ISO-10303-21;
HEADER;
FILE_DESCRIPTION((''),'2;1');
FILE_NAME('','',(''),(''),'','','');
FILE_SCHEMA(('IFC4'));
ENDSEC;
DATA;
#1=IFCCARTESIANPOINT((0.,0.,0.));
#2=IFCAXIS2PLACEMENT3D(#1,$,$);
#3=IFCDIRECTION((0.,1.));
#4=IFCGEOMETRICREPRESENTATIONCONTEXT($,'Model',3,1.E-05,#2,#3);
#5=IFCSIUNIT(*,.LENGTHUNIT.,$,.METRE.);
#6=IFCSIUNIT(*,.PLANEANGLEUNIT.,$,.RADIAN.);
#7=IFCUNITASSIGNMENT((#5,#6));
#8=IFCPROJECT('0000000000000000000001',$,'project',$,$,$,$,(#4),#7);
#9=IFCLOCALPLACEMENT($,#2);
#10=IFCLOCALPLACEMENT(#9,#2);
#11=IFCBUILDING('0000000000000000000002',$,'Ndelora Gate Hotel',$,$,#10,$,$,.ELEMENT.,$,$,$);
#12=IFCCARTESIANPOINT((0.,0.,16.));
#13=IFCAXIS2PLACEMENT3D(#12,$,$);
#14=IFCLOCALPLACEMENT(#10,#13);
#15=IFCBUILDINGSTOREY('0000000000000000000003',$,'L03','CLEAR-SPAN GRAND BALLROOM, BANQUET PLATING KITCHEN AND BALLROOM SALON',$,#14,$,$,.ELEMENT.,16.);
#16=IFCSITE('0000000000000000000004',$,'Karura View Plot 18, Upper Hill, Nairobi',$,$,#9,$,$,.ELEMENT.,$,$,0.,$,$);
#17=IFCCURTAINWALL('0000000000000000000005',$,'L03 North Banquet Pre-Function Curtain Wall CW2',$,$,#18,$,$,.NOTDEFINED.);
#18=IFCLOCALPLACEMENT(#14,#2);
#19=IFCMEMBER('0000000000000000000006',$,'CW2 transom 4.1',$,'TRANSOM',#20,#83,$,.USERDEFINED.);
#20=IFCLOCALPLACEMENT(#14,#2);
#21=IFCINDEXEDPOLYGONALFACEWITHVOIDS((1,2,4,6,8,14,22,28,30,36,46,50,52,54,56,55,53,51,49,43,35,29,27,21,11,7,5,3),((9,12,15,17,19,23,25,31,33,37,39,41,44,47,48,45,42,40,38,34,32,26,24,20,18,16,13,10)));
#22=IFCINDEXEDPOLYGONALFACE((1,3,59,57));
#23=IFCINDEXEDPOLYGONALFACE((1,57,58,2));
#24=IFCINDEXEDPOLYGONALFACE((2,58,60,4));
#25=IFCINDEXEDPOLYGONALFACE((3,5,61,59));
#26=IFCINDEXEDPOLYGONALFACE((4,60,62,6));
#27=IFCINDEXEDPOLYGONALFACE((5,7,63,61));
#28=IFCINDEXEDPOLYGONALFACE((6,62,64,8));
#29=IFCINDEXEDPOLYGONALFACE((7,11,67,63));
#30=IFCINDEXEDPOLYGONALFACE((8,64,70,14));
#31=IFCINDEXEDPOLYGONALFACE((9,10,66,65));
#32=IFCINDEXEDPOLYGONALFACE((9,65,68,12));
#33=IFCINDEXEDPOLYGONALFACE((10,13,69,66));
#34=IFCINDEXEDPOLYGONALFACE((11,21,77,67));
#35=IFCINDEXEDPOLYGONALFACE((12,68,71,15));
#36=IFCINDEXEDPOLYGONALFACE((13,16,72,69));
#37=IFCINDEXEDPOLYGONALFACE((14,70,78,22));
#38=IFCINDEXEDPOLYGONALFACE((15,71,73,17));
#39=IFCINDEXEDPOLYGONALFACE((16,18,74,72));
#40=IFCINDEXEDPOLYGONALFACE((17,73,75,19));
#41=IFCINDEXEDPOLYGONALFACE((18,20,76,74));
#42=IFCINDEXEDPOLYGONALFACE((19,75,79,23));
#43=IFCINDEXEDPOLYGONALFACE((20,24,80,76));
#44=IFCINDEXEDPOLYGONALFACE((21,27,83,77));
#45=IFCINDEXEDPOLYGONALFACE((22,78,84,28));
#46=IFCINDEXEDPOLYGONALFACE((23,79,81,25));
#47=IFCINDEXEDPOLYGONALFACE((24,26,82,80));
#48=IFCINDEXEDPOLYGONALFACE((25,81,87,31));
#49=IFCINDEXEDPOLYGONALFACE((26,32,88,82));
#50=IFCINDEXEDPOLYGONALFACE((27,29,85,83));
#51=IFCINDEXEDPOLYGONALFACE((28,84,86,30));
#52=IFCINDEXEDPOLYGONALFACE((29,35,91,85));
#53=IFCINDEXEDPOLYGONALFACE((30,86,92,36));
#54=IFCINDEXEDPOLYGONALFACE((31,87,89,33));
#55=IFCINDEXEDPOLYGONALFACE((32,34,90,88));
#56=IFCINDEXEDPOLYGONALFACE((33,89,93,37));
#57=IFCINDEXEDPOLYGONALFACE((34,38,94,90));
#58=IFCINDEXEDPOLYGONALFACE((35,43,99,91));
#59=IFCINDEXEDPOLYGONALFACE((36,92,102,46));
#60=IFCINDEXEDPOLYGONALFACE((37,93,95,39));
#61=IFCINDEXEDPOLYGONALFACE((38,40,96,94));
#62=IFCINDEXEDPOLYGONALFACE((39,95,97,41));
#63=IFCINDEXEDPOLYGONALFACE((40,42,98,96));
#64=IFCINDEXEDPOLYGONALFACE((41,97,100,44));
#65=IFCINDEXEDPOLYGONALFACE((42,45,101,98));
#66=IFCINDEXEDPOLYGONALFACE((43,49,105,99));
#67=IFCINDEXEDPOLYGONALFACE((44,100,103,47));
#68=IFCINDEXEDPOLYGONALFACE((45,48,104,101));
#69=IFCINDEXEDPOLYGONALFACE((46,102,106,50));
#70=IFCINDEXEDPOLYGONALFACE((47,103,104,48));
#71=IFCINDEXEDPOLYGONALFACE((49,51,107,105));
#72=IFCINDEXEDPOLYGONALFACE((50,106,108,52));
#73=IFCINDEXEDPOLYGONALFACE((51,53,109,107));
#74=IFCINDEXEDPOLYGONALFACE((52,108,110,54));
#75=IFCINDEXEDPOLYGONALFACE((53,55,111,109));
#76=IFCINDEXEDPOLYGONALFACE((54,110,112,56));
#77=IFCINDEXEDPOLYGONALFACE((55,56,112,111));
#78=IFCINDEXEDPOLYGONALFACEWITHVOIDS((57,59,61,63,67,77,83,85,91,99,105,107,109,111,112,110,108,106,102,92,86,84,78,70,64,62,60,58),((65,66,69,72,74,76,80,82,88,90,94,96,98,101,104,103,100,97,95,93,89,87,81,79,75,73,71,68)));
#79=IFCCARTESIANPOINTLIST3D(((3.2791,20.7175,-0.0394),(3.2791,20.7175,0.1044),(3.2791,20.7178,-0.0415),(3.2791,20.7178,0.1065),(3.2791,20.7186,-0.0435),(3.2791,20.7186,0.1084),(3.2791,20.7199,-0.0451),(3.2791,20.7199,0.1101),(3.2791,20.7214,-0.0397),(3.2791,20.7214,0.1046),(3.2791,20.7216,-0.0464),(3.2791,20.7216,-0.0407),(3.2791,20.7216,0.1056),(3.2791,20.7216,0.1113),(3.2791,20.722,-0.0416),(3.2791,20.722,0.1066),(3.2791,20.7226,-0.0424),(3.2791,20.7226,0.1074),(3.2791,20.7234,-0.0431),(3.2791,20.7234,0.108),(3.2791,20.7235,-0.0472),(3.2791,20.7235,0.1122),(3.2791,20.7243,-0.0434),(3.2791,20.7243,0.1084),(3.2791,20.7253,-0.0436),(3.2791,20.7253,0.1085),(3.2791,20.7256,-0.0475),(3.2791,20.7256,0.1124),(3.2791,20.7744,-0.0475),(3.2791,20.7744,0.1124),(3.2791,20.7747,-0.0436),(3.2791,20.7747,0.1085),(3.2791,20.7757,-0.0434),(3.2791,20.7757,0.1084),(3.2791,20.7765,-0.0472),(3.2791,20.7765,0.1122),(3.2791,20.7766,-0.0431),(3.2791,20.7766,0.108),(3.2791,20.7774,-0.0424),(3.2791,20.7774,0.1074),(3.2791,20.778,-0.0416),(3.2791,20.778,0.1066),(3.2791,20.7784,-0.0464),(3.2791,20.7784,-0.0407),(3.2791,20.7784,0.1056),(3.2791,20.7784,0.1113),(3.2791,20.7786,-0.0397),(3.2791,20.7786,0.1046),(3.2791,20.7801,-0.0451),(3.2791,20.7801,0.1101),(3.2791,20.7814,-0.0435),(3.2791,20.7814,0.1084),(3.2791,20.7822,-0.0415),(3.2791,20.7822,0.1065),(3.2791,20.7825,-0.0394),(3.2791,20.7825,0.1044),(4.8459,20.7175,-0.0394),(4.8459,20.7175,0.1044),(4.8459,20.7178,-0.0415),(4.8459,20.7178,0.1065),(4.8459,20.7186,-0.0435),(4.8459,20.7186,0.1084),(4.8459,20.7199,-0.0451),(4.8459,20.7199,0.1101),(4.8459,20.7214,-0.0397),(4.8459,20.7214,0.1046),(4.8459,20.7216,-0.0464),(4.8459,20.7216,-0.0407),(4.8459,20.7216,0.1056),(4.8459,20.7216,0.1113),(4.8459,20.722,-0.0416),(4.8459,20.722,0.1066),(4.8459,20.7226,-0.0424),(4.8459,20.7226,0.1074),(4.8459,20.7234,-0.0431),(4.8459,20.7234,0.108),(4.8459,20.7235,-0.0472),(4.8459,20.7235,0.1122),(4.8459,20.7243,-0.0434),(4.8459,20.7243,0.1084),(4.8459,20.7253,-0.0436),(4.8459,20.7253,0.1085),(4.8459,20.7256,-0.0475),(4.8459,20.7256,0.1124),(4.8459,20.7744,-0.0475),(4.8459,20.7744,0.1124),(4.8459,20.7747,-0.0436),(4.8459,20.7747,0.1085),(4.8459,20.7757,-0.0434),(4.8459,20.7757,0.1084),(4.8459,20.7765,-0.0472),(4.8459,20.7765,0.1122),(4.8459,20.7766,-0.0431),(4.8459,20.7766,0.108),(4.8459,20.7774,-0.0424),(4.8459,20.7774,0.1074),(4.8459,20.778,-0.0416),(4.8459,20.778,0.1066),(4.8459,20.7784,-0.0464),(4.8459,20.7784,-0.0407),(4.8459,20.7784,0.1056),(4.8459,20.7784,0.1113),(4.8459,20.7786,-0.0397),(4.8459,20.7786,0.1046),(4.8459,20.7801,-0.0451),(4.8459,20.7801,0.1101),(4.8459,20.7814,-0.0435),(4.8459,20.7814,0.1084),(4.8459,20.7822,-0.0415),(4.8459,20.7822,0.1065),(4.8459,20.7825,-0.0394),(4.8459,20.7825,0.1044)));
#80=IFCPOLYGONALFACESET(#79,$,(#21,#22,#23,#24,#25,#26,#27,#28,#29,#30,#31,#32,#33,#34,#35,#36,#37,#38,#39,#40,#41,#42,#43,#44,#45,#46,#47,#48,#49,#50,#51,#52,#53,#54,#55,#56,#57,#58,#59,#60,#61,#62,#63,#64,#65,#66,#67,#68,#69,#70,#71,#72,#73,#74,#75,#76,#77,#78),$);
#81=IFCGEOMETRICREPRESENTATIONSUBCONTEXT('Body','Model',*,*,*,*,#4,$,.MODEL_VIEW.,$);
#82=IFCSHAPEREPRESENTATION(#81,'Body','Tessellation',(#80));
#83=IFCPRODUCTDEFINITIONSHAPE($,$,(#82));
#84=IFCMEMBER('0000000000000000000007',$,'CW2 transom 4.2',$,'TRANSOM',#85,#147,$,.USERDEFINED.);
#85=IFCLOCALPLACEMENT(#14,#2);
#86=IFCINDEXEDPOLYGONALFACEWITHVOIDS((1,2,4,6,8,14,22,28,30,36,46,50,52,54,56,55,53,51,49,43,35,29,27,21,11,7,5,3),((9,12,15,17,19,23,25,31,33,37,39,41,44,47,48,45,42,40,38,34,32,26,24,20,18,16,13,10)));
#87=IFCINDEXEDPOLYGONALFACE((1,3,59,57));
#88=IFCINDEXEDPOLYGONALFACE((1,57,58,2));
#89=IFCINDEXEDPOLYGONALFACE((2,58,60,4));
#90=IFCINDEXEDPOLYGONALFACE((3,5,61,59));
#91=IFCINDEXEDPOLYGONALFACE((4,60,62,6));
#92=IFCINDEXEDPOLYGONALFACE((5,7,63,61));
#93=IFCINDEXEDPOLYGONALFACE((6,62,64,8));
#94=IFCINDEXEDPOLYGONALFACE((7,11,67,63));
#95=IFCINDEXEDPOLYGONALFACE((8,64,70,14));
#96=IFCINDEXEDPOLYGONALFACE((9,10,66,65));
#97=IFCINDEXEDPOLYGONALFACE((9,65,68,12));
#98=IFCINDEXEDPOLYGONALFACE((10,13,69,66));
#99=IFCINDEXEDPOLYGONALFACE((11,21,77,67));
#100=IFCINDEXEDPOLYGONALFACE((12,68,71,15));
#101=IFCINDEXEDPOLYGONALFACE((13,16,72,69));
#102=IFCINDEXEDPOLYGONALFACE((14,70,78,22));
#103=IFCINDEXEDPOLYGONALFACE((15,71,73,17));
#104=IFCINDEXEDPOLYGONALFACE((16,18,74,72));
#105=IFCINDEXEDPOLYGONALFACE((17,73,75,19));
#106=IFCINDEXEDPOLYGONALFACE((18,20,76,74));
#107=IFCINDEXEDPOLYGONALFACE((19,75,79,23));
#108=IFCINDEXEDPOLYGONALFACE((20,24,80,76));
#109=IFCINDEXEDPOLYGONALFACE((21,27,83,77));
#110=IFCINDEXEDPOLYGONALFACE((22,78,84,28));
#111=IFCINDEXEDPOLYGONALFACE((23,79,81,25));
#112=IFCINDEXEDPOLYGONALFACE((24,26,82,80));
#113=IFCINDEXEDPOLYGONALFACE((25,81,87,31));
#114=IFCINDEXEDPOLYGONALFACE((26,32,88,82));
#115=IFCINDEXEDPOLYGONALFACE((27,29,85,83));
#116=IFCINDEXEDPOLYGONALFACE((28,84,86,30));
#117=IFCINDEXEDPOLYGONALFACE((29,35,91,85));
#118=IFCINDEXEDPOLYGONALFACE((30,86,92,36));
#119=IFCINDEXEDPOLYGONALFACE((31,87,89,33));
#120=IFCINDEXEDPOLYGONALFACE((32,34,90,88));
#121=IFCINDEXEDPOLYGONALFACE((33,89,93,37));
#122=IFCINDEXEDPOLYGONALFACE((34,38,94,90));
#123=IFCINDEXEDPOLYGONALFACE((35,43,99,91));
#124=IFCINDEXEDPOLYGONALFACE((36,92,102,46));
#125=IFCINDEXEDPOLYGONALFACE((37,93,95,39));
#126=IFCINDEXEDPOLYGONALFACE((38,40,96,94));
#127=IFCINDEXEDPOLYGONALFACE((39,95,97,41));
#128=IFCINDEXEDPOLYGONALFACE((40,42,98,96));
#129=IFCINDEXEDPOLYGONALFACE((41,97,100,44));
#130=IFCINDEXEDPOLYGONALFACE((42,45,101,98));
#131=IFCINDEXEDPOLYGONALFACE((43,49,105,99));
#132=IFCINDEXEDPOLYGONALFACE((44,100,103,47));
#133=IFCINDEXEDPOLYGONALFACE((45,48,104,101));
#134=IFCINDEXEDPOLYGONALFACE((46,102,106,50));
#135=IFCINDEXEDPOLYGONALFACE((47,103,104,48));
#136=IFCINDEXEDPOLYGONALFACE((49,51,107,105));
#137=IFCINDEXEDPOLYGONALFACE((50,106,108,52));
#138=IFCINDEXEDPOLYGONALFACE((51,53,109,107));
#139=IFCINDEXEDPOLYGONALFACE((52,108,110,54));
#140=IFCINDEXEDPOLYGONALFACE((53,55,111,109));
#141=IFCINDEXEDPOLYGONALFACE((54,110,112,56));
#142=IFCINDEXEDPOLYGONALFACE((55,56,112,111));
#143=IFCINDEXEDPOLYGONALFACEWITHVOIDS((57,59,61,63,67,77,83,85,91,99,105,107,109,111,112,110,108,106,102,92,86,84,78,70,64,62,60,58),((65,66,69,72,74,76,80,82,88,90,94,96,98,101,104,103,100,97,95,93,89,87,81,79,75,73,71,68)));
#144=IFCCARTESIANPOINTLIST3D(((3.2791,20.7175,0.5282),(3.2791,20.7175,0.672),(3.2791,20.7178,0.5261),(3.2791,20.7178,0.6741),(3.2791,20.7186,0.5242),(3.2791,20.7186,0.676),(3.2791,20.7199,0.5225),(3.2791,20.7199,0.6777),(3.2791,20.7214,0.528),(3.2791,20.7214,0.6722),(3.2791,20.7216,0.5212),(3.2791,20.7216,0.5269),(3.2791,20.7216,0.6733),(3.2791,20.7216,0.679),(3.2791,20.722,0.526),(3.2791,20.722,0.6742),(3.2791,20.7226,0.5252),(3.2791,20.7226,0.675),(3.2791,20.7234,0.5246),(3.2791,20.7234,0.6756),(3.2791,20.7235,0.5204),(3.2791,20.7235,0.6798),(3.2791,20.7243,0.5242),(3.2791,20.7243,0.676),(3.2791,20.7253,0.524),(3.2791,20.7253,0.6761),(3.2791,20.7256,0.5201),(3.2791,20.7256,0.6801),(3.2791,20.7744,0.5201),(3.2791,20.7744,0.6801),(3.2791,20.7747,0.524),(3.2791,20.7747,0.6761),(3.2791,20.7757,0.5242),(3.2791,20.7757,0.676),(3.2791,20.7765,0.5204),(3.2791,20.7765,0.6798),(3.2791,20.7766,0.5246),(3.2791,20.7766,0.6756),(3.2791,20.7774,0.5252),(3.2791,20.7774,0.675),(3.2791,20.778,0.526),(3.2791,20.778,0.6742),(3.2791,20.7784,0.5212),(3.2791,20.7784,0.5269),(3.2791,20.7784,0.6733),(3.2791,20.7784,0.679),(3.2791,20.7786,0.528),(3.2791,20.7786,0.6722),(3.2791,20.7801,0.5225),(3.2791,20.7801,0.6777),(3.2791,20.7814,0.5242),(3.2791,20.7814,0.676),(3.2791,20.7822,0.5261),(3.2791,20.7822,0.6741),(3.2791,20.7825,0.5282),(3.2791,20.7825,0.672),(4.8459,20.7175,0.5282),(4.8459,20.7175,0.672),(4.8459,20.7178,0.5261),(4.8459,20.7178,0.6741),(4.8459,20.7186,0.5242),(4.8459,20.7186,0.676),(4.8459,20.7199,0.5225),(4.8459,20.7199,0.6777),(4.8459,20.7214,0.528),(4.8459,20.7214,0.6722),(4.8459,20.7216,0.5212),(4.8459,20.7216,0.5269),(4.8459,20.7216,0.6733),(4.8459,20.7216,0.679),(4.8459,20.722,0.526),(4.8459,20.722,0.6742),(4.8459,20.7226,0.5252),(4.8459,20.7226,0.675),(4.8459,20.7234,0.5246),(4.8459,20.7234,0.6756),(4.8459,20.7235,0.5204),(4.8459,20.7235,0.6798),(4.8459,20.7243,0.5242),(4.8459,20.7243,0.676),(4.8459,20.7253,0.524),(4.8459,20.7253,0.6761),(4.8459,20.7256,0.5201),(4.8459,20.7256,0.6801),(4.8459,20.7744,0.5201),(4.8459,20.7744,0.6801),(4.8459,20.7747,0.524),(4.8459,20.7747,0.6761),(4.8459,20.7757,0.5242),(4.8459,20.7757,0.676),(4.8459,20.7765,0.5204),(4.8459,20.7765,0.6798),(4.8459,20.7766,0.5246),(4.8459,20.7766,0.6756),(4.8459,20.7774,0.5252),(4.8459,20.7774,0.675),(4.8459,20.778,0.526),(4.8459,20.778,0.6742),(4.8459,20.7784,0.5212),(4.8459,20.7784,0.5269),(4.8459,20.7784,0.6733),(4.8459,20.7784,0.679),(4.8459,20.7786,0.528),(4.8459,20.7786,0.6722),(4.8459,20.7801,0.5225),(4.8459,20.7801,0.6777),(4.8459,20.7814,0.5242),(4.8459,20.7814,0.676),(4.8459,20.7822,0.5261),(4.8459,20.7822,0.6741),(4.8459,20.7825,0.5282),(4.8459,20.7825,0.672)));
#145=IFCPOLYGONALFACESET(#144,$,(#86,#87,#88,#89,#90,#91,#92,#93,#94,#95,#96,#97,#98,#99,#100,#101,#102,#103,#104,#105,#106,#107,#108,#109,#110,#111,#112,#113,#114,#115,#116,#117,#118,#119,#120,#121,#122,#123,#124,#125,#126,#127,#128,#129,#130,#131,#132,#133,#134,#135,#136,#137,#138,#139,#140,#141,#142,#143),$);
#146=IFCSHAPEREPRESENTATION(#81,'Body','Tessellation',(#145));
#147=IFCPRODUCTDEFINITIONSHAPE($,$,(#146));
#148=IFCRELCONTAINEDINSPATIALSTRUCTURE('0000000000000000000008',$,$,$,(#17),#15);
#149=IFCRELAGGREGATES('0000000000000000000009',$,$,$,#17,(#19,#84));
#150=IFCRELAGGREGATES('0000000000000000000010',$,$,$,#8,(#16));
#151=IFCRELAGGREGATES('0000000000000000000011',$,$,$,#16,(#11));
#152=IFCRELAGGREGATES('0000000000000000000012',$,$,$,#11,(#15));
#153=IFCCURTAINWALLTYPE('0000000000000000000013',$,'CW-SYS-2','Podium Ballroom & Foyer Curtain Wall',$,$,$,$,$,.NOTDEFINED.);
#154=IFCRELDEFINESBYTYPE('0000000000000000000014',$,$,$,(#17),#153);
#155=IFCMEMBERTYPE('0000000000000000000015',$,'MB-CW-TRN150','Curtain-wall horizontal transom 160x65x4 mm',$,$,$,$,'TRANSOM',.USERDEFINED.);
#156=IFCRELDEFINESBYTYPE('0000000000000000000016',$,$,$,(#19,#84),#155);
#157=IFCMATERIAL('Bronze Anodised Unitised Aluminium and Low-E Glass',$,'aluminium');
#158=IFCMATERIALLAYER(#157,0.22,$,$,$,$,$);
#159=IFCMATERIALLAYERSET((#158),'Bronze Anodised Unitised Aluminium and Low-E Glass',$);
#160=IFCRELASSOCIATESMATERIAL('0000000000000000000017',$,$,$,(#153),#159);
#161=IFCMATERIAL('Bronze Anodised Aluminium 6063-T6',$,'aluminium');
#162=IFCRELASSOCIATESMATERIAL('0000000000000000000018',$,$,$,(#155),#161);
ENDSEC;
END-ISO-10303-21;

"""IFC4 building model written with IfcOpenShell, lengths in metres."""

from ifc_helpers import new_model, si_unit, direction, frame, origin, origin_2d, place, context, subcontext, project, spatial, hollow_rectangle, extrude, material, layer, layer_set, material_profile, profile_set, type_object, element, aggregate, save


model = new_model("IFC4")

# Units and contexts
model_context = context("Model", 3, precision=1e-05, world=origin(), true_north=direction((0.0, 1.0)))
body_context = subcontext(model_context, "Body", "Model", "MODEL_VIEW")
ifc_project = project(units=[si_unit("LENGTHUNIT", "METRE"), si_unit("PLANEANGLEUNIT", "RADIAN")], contexts=[model_context])

# Site, building, storey
site_placement = place(None, origin())
site = spatial("IfcSite", under=ifc_project, at=site_placement, Name="Karura View Plot 18, Upper Hill, Nairobi", CompositionType="ELEMENT", RefElevation=0.0)
building_placement = place(site_placement, origin())
building = spatial("IfcBuilding", under=site, at=building_placement, Name="Ndelora Gate Hotel", CompositionType="ELEMENT")
storey_placement = place(building_placement, frame((0.0, 0.0, 16.0)))
storey = spatial("IfcBuildingStorey", under=building, at=storey_placement, Name="L03", Description="CLEAR-SPAN GRAND BALLROOM, BANQUET PLATING KITCHEN AND BALLROOM SALON", CompositionType="ELEMENT", Elevation=16.0)

# Curtain wall, members
ifc_material_1 = material(Name="Bronze Anodised Unitised Aluminium and Low-E Glass", Category="aluminium")
ifc_layer_1 = layer(ifc_material_1, 0.22)
ifc_layer_set_1 = layer_set([ifc_layer_1], Name="Bronze Anodised Unitised Aluminium and Low-E Glass")
curtain_wall_type = type_object("IfcCurtainWallType", Name="CW-SYS-2", Description="Podium Ballroom & Foyer Curtain Wall", PredefinedType="NOTDEFINED", material=ifc_layer_set_1)
curtain_wall_placement = place(storey_placement, origin())
curtain_wall = element("IfcCurtainWall", 1, at=curtain_wall_placement, inside=storey, type_object=curtain_wall_type, Name="L03 North Banquet Pre-Function Curtain Wall CW2", PredefinedType="NOTDEFINED")
ifc_material_2 = material(Name="Bronze Anodised Aluminium 6063-T6", Category="aluminium")
ifc_material_profile_1 = material_profile(ifc_material_2, hollow_rectangle(XDim=0.0649, YDim=0.1599, WallThickness=0.0039, InnerFilletRadius=0.0039, OuterFilletRadius=0.0081, at=origin_2d()), Name="ALU 160x65x4")
ifc_profile_set_1 = profile_set([ifc_material_profile_1], Name="Bronze Anodised Aluminium 6063-T6")
member_type_1 = type_object("IfcMemberType", Name="MB-CW-TRN150", Description="Curtain-wall horizontal transom 160x65x4 mm", ElementType="TRANSOM", PredefinedType="USERDEFINED", material=ifc_profile_set_1)
member_1_placement = place(storey_placement, frame((4.8459, 20.75, 0.0325), z_axis=(-1.0, 0.0, 0.0), x_axis=(0.0, -1.0, 0.0)))
member_1 = element("IfcMember", 2, at=member_1_placement, type_object=member_type_1, Name="CW2 transom 4.1", ObjectType="TRANSOM", PredefinedType="USERDEFINED", context=body_context, shape_type="SweptSolid", body=[
    extrude(hollow_rectangle(XDim=0.0649, YDim=0.1599, WallThickness=0.0039, InnerFilletRadius=0.0039, OuterFilletRadius=0.0081, at=origin_2d()), origin(), (0.0, 0.0, 1.0), 1.5669),
])
member_2_placement = place(storey_placement, frame((4.8459, 20.75, 0.6001), z_axis=(-1.0, 0.0, 0.0), x_axis=(0.0, -1.0, 0.0)))
member_2 = element("IfcMember", 3, at=member_2_placement, type_object=member_type_1, Name="CW2 transom 4.2", ObjectType="TRANSOM", PredefinedType="USERDEFINED", context=body_context, shape_type="SweptSolid", body=[
    extrude(hollow_rectangle(XDim=0.0649, YDim=0.1599, WallThickness=0.0039, InnerFilletRadius=0.0039, OuterFilletRadius=0.0081, at=origin_2d()), origin(), (0.0, 0.0, 1.0), 1.5669),
])
aggregate(curtain_wall, [member_1, member_2])

save(model, "model.ifc")
